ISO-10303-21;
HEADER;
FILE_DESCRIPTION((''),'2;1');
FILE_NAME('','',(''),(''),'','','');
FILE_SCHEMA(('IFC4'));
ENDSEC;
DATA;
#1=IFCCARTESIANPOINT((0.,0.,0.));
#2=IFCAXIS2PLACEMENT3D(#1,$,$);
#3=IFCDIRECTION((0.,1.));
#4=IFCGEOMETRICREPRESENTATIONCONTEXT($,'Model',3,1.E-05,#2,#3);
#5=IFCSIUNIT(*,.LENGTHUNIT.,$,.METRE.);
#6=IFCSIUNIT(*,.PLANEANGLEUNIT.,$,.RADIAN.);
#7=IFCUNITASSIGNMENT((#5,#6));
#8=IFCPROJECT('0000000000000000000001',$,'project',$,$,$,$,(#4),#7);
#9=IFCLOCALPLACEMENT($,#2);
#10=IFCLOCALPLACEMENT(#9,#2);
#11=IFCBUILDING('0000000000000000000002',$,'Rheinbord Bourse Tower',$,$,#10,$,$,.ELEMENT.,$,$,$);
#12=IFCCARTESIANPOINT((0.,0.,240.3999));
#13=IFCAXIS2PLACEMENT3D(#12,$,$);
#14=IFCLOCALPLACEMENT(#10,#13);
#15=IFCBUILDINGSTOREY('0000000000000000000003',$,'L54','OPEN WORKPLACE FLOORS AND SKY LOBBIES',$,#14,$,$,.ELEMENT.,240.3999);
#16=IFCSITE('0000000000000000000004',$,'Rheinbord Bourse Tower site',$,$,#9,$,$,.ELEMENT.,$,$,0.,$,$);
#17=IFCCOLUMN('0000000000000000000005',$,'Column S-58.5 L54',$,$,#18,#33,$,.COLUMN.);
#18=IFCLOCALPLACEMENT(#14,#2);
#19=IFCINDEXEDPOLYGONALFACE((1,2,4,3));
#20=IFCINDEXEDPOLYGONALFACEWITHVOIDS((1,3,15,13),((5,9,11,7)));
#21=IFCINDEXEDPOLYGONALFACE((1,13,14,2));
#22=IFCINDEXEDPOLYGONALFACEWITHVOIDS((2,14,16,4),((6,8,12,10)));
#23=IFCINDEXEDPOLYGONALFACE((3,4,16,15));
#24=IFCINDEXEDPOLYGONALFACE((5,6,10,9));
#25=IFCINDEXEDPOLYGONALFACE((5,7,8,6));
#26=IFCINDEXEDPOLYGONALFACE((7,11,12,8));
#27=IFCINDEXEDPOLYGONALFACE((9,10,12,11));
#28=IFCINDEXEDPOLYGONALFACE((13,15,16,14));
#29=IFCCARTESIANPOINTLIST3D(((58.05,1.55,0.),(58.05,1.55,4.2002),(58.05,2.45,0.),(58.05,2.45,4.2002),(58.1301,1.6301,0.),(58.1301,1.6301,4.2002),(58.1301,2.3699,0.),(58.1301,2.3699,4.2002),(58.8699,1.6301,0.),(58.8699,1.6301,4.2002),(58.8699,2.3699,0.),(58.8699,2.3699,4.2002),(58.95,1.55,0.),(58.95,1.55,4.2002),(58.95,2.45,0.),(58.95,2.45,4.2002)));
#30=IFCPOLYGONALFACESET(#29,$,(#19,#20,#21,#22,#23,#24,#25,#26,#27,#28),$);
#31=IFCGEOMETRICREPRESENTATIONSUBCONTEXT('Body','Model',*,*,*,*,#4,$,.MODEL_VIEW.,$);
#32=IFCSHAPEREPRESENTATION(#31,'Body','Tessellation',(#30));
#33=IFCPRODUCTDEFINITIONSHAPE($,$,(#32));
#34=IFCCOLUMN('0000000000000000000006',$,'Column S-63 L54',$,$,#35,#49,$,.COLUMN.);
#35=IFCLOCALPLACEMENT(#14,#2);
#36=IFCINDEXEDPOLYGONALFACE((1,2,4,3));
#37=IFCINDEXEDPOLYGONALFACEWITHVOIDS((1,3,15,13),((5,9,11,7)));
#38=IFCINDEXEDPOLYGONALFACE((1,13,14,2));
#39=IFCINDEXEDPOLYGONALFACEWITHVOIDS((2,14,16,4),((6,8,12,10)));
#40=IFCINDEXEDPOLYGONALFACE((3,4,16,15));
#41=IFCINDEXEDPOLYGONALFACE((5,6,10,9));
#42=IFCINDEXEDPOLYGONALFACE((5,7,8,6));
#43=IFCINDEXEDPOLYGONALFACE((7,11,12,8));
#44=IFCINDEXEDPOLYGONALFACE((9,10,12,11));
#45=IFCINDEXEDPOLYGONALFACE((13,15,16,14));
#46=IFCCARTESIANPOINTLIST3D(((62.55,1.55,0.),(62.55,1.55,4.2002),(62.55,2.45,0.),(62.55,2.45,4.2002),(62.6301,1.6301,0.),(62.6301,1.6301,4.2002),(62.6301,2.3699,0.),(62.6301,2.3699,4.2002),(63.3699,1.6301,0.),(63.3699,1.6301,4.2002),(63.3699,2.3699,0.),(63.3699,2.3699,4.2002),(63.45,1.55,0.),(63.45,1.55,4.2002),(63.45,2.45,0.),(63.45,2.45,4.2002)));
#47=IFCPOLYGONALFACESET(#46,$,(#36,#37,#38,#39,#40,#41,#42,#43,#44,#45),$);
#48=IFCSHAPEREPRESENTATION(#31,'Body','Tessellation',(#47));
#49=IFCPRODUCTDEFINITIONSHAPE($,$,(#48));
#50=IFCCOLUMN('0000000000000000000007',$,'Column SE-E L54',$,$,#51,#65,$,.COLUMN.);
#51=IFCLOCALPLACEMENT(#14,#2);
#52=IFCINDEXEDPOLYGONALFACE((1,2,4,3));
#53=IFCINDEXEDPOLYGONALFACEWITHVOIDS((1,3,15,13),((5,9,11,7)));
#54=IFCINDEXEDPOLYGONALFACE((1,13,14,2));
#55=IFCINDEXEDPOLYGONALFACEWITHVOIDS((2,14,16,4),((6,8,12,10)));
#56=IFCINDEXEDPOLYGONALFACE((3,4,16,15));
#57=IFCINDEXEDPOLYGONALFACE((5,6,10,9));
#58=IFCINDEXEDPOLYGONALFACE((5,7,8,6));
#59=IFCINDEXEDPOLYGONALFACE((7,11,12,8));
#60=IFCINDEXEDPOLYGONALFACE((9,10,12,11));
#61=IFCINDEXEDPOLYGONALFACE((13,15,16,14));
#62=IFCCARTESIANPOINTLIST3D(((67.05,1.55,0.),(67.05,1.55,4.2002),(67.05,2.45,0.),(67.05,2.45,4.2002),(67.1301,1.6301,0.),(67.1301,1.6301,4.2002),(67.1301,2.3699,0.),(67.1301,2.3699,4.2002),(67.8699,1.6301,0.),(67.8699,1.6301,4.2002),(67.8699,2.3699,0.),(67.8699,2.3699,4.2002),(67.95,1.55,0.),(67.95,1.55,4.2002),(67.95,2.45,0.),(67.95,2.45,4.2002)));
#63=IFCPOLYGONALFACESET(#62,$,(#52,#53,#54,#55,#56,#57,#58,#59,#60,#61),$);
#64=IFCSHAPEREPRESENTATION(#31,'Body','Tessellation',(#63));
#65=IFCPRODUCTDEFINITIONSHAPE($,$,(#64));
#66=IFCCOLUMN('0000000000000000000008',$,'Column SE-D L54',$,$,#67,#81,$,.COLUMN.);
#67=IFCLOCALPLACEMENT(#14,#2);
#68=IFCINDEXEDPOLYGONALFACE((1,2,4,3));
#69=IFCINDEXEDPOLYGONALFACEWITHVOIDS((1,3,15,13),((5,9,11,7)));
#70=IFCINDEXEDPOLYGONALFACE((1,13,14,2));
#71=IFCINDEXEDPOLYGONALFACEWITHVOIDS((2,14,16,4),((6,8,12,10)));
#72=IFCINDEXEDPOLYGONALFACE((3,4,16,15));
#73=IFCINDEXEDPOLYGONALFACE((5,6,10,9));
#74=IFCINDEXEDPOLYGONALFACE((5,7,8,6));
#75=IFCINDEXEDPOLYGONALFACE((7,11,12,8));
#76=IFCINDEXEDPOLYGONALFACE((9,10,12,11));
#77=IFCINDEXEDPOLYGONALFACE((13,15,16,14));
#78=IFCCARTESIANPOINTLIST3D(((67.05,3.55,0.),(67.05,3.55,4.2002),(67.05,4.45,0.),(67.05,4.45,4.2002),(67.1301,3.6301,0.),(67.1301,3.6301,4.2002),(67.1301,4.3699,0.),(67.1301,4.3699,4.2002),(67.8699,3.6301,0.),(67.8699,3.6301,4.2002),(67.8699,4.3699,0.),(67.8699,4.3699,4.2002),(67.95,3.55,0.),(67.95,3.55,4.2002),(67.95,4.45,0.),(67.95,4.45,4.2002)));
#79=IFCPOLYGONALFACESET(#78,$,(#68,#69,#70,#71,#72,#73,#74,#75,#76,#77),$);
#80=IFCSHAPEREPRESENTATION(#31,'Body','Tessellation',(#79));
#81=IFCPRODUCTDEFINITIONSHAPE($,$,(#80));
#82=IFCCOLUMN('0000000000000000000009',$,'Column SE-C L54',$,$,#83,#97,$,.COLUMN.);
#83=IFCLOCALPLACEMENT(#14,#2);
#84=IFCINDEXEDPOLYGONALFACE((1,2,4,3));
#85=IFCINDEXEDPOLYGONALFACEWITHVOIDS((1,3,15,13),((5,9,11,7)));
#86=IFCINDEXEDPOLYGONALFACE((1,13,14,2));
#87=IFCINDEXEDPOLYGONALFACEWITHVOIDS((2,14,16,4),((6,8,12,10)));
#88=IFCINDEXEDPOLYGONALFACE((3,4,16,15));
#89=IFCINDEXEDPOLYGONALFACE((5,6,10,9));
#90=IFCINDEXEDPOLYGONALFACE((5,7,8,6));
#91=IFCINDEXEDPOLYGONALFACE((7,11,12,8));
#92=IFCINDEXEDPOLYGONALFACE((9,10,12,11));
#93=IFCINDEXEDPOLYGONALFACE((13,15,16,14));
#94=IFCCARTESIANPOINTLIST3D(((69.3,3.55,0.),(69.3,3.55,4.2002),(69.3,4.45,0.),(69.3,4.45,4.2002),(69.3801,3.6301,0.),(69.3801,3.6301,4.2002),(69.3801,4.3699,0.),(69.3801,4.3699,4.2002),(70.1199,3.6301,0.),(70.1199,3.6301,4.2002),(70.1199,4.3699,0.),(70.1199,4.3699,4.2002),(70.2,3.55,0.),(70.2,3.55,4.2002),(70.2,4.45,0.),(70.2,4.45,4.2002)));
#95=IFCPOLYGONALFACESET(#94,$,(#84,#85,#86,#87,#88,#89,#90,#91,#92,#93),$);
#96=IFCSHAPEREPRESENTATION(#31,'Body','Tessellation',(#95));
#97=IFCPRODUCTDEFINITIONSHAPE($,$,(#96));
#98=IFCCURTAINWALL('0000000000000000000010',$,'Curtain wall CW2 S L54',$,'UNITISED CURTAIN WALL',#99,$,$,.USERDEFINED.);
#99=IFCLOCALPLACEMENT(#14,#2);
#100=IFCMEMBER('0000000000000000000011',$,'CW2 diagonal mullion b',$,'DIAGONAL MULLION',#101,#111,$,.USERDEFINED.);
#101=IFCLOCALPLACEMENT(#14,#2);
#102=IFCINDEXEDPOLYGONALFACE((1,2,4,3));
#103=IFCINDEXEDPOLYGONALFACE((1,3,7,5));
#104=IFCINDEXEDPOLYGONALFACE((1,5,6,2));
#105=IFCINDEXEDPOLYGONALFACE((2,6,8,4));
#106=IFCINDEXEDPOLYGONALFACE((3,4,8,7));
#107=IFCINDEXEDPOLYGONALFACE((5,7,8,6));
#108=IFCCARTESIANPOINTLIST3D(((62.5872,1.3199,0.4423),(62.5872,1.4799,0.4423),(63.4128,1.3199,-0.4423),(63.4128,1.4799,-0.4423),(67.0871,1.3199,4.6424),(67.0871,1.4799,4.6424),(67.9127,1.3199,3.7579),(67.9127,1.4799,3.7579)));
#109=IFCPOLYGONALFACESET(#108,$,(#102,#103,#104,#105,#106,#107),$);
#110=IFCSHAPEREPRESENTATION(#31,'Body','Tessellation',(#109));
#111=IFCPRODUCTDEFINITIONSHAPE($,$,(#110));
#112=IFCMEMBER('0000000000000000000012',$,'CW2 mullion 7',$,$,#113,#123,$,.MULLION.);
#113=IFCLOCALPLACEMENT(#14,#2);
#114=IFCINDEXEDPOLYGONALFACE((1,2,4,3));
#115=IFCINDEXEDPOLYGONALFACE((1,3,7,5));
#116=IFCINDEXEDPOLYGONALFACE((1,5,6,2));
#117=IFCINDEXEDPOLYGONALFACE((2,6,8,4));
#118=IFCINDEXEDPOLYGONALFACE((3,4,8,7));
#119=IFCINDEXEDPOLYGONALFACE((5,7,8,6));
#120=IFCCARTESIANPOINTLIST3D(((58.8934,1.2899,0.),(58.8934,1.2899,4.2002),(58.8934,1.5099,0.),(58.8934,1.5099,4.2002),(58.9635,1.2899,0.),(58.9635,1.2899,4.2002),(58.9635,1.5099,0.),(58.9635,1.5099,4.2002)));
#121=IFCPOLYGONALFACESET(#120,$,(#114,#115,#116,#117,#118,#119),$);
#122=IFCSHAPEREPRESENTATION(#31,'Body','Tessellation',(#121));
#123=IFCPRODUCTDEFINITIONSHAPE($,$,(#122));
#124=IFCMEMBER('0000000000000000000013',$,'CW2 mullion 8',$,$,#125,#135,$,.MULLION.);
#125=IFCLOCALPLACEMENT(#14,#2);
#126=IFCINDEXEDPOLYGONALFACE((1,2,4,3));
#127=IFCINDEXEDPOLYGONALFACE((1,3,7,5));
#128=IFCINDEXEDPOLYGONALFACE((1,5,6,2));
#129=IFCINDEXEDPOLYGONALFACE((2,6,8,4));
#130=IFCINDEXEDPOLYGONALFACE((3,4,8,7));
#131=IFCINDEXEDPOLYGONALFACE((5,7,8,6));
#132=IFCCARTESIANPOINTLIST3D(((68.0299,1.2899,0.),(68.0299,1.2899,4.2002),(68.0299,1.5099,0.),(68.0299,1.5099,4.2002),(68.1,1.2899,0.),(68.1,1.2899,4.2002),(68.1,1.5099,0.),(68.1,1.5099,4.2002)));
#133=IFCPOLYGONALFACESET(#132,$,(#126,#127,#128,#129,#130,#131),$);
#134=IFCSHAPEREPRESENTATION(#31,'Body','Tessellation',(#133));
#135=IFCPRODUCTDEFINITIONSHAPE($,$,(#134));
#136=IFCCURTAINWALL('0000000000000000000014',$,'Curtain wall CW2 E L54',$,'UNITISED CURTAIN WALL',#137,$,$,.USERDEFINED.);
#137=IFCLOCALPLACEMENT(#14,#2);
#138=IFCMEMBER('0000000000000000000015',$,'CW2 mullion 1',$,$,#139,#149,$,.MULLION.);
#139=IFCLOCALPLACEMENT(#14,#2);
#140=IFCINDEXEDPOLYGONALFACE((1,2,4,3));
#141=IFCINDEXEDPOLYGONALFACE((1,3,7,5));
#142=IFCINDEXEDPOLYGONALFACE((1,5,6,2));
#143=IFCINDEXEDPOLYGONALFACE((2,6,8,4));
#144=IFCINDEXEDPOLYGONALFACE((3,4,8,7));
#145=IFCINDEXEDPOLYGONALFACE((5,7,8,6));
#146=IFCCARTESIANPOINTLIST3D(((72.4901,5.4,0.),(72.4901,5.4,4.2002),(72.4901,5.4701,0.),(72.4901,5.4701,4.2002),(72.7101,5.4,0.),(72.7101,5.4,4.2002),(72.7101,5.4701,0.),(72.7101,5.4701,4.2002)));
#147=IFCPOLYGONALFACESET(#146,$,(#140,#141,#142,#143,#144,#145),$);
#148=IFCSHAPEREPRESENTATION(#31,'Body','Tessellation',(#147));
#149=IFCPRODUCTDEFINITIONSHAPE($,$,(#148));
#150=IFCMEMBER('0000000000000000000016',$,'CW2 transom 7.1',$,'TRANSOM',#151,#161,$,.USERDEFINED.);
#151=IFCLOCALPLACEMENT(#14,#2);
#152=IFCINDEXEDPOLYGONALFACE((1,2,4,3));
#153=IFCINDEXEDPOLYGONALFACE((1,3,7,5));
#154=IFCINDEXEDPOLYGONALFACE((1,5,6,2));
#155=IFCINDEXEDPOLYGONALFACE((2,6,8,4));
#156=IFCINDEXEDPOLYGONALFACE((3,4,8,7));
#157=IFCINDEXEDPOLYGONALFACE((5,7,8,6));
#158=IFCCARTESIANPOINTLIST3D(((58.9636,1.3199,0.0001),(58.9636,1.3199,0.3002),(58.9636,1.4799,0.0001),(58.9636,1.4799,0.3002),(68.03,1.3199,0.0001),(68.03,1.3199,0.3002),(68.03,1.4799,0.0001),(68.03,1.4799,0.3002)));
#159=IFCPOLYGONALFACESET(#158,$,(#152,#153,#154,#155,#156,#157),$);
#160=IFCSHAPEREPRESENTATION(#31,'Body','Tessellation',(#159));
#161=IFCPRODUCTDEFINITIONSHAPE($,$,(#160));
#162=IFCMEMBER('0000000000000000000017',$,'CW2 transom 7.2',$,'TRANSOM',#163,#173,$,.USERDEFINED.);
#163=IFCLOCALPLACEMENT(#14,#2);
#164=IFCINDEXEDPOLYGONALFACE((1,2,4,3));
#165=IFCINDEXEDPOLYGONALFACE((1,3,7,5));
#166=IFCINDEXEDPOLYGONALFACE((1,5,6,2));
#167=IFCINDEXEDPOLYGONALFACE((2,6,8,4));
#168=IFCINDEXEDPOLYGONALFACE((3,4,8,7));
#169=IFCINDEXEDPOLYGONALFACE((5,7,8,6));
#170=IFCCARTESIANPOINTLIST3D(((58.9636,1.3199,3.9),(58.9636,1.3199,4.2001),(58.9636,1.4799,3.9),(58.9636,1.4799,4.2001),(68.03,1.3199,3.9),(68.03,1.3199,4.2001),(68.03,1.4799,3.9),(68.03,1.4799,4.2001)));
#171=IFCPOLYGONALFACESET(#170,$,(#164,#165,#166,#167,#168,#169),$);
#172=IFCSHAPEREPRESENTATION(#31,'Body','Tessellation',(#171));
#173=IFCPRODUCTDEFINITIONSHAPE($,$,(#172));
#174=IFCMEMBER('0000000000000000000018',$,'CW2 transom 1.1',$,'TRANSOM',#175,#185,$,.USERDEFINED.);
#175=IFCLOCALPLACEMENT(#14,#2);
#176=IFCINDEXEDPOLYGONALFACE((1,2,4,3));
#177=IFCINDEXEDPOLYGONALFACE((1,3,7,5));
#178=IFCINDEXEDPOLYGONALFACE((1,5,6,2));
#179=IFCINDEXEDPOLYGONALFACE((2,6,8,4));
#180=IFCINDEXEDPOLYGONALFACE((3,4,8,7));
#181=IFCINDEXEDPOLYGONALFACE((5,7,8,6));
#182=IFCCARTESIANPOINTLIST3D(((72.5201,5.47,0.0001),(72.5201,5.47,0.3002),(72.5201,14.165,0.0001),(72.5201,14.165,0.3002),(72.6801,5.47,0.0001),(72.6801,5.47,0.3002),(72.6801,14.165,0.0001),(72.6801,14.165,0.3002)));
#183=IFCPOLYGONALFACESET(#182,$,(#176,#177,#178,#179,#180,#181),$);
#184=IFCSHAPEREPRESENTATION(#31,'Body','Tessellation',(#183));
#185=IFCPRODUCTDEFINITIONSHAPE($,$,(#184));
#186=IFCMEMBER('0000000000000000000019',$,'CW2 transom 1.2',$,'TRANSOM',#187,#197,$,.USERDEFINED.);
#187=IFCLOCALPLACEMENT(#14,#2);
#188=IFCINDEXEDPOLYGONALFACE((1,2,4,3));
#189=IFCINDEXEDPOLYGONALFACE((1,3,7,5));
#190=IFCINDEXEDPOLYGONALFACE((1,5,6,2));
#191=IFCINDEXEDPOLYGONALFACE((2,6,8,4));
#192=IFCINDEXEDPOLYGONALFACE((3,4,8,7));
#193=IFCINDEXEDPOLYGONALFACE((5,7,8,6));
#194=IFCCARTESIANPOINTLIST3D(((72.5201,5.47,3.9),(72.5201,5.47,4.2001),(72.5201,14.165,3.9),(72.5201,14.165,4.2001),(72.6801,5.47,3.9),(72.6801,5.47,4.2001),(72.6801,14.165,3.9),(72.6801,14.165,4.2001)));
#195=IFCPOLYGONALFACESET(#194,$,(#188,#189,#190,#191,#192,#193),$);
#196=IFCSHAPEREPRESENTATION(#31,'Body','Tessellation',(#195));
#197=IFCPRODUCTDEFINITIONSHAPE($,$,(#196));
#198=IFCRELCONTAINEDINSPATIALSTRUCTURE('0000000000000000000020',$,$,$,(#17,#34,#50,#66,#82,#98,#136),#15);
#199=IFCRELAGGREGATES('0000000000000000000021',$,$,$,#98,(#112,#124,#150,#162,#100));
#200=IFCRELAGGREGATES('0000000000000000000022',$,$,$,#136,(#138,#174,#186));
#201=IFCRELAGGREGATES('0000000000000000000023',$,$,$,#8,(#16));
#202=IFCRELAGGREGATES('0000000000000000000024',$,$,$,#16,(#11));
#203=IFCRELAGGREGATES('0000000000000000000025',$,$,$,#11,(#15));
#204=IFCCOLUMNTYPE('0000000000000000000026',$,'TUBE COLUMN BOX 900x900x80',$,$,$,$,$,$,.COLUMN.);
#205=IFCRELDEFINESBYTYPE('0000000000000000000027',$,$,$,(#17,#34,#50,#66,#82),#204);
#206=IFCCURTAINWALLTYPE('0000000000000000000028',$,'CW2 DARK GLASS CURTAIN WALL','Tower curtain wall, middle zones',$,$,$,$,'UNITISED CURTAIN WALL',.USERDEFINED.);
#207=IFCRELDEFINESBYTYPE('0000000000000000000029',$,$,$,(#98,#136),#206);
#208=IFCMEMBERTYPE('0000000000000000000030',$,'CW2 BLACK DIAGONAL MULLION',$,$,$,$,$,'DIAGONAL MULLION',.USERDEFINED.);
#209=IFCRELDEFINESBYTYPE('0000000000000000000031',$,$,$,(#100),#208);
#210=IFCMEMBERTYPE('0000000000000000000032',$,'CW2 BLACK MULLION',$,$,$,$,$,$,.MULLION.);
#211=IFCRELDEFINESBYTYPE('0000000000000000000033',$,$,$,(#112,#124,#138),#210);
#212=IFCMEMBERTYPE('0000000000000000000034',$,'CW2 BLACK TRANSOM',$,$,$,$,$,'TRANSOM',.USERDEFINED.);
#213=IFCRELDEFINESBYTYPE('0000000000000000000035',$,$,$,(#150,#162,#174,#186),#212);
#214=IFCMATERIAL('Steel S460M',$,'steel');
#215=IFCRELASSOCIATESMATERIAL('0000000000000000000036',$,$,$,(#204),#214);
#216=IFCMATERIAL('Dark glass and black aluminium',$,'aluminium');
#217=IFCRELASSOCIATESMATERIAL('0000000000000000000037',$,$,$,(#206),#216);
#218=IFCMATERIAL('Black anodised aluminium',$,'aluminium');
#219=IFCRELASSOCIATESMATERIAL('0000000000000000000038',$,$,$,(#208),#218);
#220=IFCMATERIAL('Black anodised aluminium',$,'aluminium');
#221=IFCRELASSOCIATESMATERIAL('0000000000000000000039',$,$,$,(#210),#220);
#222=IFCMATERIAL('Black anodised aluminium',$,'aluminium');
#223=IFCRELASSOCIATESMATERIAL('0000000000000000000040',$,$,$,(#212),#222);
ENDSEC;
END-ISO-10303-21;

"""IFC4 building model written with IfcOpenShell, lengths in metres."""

from ifc_helpers import new_model, si_unit, direction, frame, origin, origin_2d, place, context, subcontext, project, spatial, rectangle, hollow_rectangle, extrude, material, material_profile, profile_set, type_object, element, aggregate, save


model = new_model("IFC4")

# Units and contexts
model_context = context("Model", 3, precision=1e-05, world=origin(), true_north=direction((0.0, 1.0)))
body_context = subcontext(model_context, "Body", "Model", "MODEL_VIEW")
ifc_project = project(units=[si_unit("LENGTHUNIT", "METRE"), si_unit("PLANEANGLEUNIT", "RADIAN")], contexts=[model_context])

# Site, building, storey
site_placement = place(None, origin())
site = spatial("IfcSite", under=ifc_project, at=site_placement, Name="Rheinbord Bourse Tower site", CompositionType="ELEMENT", RefElevation=0.0)
building_placement = place(site_placement, origin())
building = spatial("IfcBuilding", under=site, at=building_placement, Name="Rheinbord Bourse Tower", CompositionType="ELEMENT")
storey_placement = place(building_placement, frame((0.0, 0.0, 240.3999)))
storey = spatial("IfcBuildingStorey", under=building, at=storey_placement, Name="L54", Description="OPEN WORKPLACE FLOORS AND SKY LOBBIES", CompositionType="ELEMENT", Elevation=240.3999)

# Columns
ifc_material_1 = material(Name="Steel S460M", Category="steel")
ifc_material_profile_1 = material_profile(ifc_material_1, hollow_rectangle(XDim=0.8999, YDim=0.8999, WallThickness=0.0801, at=origin_2d()), Name="BOX 900x900x80")
ifc_profile_set_1 = profile_set([ifc_material_profile_1], Name="Steel S460M")
column_type = type_object("IfcColumnType", Name="TUBE COLUMN BOX 900x900x80", PredefinedType="COLUMN", material=ifc_profile_set_1)
for number, where, z_axis, x_axis, name in (
    (1, (58.5, 2.0, 0.0), (0.0, 0.0, 1.0), (0.0, 1.0, 0.0), "Column S-58.5 L54"),
    (2, (63.0, 2.0, 0.0), (0.0, 0.0, 1.0), (0.0, 1.0, 0.0), "Column S-63 L54"),
    (3, (67.5, 2.0, 0.0), (0.0, 0.0, 1.0), (0.0, 1.0, 0.0), "Column SE-E L54"),
    (4, (67.5, 4.0, 0.0), (0.0, 0.0, 1.0), (0.0, 1.0, 0.0), "Column SE-D L54"),
    (5, (69.75, 4.0, 0.0), (0.0, 0.0, 1.0), (1.0, 0.0, 0.0), "Column SE-C L54"),
):
    element("IfcColumn", number, at=place(storey_placement, frame(where, z_axis=z_axis, x_axis=x_axis)), inside=storey, type_object=column_type, Name=name, PredefinedType="COLUMN", context=body_context, shape_type="SweptSolid", body=[
        extrude(hollow_rectangle(XDim=0.8999, YDim=0.8999, WallThickness=0.0801, at=origin_2d()), origin(), (0.0, 0.0, 1.0), 4.2002),
    ])

# Curtain wall, members
ifc_material_2 = material(Name="Dark glass and black aluminium", Category="aluminium")
curtain_wall_type = type_object("IfcCurtainWallType", Name="CW2 DARK GLASS CURTAIN WALL", Description="Tower curtain wall, middle zones", ElementType="UNITISED CURTAIN WALL", PredefinedType="USERDEFINED", material=ifc_material_2)
curtain_wall_1_placement = place(storey_placement, origin())
curtain_wall_1 = element("IfcCurtainWall", 6, at=curtain_wall_1_placement, inside=storey, type_object=curtain_wall_type, Name="Curtain wall CW2 S L54", ObjectType="UNITISED CURTAIN WALL", PredefinedType="USERDEFINED")
ifc_material_3 = material(Name="Black anodised aluminium", Category="aluminium")
ifc_material_profile_2 = material_profile(ifc_material_3, rectangle(XDim=0.1599, YDim=1.21, at=origin_2d()), Name="CW2 DIAGONAL MULLION 1210x160")
ifc_profile_set_2 = profile_set([ifc_material_profile_2], Name="Black anodised aluminium")
member_type_1 = type_object("IfcMemberType", Name="CW2 BLACK DIAGONAL MULLION", ElementType="DIAGONAL MULLION", PredefinedType="USERDEFINED", material=ifc_profile_set_2)
member_1_placement = place(storey_placement, frame((63.0, 1.3999, 0.0), z_axis=(0.731039, 0.0, 0.682335), x_axis=(0.0, 1.0, 0.0)))
member_1 = element("IfcMember", 7, at=member_1_placement, type_object=member_type_1, Name="CW2 diagonal mullion b", ObjectType="DIAGONAL MULLION", PredefinedType="USERDEFINED", context=body_context, shape_type="SweptSolid", body=[
    extrude(rectangle(XDim=0.1599, YDim=1.21, at=origin_2d()), origin(), (0.0, 0.0, 1.0), 6.1555),
])
ifc_material_4 = material(Name="Black anodised aluminium", Category="aluminium")
ifc_material_profile_3 = material_profile(ifc_material_4, rectangle(XDim=0.22, YDim=0.0701, at=origin_2d()), Name="CW2 MULLION 70x220")
ifc_profile_set_3 = profile_set([ifc_material_profile_3], Name="Black anodised aluminium")
member_type_2 = type_object("IfcMemberType", Name="CW2 BLACK MULLION", PredefinedType="MULLION", material=ifc_profile_set_3)
member_2_placement = place(storey_placement, frame((58.9285, 1.3999, 0.0), z_axis=(0.0, 0.0, 1.0), x_axis=(0.0, 1.0, 0.0)))
member_2 = element("IfcMember", 8, at=member_2_placement, type_object=member_type_2, Name="CW2 mullion 7", PredefinedType="MULLION", context=body_context, shape_type="SweptSolid", body=[
    extrude(rectangle(XDim=0.22, YDim=0.0701, at=origin_2d()), origin(), (0.0, 0.0, 1.0), 4.2002),
])
member_3_placement = place(storey_placement, frame((68.0649, 1.3999, 0.0), z_axis=(0.0, 0.0, 1.0), x_axis=(0.0, 1.0, 0.0)))
member_3 = element("IfcMember", 9, at=member_3_placement, type_object=member_type_2, Name="CW2 mullion 8", PredefinedType="MULLION", context=body_context, shape_type="SweptSolid", body=[
    extrude(rectangle(XDim=0.22, YDim=0.0701, at=origin_2d()), origin(), (0.0, 0.0, 1.0), 4.2002),
])

# Curtain wall, member
curtain_wall_2_placement = place(storey_placement, origin())
curtain_wall_2 = element("IfcCurtainWall", 10, at=curtain_wall_2_placement, inside=storey, type_object=curtain_wall_type, Name="Curtain wall CW2 E L54", ObjectType="UNITISED CURTAIN WALL", PredefinedType="USERDEFINED")
member_4_placement = place(storey_placement, frame((72.6001, 5.4351, 0.0), z_axis=(0.0, 0.0, 1.0), x_axis=(-1.0, 0.0, 0.0)))
member_4 = element("IfcMember", 11, at=member_4_placement, type_object=member_type_2, Name="CW2 mullion 1", PredefinedType="MULLION", context=body_context, shape_type="SweptSolid", body=[
    extrude(rectangle(XDim=0.22, YDim=0.0701, at=origin_2d()), origin(), (0.0, 0.0, 1.0), 4.2002),
])

# Members
ifc_material_5 = material(Name="Black anodised aluminium", Category="aluminium")
ifc_material_profile_4 = material_profile(ifc_material_5, rectangle(XDim=0.1599, YDim=0.3, at=origin_2d()), Name="CW2 TRANSOM 300x160")
ifc_profile_set_4 = profile_set([ifc_material_profile_4], Name="Black anodised aluminium")
member_type_3 = type_object("IfcMemberType", Name="CW2 BLACK TRANSOM", ElementType="TRANSOM", PredefinedType="USERDEFINED", material=ifc_profile_set_4)
member_5_placement = place(storey_placement, frame((58.9636, 1.3999, 0.1501), z_axis=(1.0, 0.0, 0.0), x_axis=(0.0, 1.0, 0.0)))
member_5 = element("IfcMember", 12, at=member_5_placement, type_object=member_type_3, Name="CW2 transom 7.1", ObjectType="TRANSOM", PredefinedType="USERDEFINED", context=body_context, shape_type="SweptSolid", body=[
    extrude(rectangle(XDim=0.1599, YDim=0.3, at=origin_2d()), origin(), (0.0, 0.0, 1.0), 9.0664),
])
member_6_placement = place(storey_placement, frame((58.9636, 1.3999, 4.05), z_axis=(1.0, 0.0, 0.0), x_axis=(0.0, 1.0, 0.0)))
member_6 = element("IfcMember", 13, at=member_6_placement, type_object=member_type_3, Name="CW2 transom 7.2", ObjectType="TRANSOM", PredefinedType="USERDEFINED", context=body_context, shape_type="SweptSolid", body=[
    extrude(rectangle(XDim=0.1599, YDim=0.3, at=origin_2d()), origin(), (0.0, 0.0, 1.0), 9.0664),
])
member_7_placement = place(storey_placement, frame((72.6001, 5.47, 0.1501), z_axis=(0.0, 1.0, 0.0), x_axis=(-1.0, 0.0, 0.0)))
member_7 = element("IfcMember", 14, at=member_7_placement, type_object=member_type_3, Name="CW2 transom 1.1", ObjectType="TRANSOM", PredefinedType="USERDEFINED", context=body_context, shape_type="SweptSolid", body=[
    extrude(rectangle(XDim=0.1599, YDim=0.3, at=origin_2d()), origin(), (0.0, 0.0, 1.0), 8.6951),
])
member_8_placement = place(storey_placement, frame((72.6001, 5.47, 4.05), z_axis=(0.0, 1.0, 0.0), x_axis=(-1.0, 0.0, 0.0)))
member_8 = element("IfcMember", 15, at=member_8_placement, type_object=member_type_3, Name="CW2 transom 1.2", ObjectType="TRANSOM", PredefinedType="USERDEFINED", context=body_context, shape_type="SweptSolid", body=[
    extrude(rectangle(XDim=0.1599, YDim=0.3, at=origin_2d()), origin(), (0.0, 0.0, 1.0), 8.6951),
])

aggregate(curtain_wall_1, [member_2, member_3, member_5, member_6, member_1])
aggregate(curtain_wall_2, [member_4, member_7, member_8])

save(model, "model.ifc")
